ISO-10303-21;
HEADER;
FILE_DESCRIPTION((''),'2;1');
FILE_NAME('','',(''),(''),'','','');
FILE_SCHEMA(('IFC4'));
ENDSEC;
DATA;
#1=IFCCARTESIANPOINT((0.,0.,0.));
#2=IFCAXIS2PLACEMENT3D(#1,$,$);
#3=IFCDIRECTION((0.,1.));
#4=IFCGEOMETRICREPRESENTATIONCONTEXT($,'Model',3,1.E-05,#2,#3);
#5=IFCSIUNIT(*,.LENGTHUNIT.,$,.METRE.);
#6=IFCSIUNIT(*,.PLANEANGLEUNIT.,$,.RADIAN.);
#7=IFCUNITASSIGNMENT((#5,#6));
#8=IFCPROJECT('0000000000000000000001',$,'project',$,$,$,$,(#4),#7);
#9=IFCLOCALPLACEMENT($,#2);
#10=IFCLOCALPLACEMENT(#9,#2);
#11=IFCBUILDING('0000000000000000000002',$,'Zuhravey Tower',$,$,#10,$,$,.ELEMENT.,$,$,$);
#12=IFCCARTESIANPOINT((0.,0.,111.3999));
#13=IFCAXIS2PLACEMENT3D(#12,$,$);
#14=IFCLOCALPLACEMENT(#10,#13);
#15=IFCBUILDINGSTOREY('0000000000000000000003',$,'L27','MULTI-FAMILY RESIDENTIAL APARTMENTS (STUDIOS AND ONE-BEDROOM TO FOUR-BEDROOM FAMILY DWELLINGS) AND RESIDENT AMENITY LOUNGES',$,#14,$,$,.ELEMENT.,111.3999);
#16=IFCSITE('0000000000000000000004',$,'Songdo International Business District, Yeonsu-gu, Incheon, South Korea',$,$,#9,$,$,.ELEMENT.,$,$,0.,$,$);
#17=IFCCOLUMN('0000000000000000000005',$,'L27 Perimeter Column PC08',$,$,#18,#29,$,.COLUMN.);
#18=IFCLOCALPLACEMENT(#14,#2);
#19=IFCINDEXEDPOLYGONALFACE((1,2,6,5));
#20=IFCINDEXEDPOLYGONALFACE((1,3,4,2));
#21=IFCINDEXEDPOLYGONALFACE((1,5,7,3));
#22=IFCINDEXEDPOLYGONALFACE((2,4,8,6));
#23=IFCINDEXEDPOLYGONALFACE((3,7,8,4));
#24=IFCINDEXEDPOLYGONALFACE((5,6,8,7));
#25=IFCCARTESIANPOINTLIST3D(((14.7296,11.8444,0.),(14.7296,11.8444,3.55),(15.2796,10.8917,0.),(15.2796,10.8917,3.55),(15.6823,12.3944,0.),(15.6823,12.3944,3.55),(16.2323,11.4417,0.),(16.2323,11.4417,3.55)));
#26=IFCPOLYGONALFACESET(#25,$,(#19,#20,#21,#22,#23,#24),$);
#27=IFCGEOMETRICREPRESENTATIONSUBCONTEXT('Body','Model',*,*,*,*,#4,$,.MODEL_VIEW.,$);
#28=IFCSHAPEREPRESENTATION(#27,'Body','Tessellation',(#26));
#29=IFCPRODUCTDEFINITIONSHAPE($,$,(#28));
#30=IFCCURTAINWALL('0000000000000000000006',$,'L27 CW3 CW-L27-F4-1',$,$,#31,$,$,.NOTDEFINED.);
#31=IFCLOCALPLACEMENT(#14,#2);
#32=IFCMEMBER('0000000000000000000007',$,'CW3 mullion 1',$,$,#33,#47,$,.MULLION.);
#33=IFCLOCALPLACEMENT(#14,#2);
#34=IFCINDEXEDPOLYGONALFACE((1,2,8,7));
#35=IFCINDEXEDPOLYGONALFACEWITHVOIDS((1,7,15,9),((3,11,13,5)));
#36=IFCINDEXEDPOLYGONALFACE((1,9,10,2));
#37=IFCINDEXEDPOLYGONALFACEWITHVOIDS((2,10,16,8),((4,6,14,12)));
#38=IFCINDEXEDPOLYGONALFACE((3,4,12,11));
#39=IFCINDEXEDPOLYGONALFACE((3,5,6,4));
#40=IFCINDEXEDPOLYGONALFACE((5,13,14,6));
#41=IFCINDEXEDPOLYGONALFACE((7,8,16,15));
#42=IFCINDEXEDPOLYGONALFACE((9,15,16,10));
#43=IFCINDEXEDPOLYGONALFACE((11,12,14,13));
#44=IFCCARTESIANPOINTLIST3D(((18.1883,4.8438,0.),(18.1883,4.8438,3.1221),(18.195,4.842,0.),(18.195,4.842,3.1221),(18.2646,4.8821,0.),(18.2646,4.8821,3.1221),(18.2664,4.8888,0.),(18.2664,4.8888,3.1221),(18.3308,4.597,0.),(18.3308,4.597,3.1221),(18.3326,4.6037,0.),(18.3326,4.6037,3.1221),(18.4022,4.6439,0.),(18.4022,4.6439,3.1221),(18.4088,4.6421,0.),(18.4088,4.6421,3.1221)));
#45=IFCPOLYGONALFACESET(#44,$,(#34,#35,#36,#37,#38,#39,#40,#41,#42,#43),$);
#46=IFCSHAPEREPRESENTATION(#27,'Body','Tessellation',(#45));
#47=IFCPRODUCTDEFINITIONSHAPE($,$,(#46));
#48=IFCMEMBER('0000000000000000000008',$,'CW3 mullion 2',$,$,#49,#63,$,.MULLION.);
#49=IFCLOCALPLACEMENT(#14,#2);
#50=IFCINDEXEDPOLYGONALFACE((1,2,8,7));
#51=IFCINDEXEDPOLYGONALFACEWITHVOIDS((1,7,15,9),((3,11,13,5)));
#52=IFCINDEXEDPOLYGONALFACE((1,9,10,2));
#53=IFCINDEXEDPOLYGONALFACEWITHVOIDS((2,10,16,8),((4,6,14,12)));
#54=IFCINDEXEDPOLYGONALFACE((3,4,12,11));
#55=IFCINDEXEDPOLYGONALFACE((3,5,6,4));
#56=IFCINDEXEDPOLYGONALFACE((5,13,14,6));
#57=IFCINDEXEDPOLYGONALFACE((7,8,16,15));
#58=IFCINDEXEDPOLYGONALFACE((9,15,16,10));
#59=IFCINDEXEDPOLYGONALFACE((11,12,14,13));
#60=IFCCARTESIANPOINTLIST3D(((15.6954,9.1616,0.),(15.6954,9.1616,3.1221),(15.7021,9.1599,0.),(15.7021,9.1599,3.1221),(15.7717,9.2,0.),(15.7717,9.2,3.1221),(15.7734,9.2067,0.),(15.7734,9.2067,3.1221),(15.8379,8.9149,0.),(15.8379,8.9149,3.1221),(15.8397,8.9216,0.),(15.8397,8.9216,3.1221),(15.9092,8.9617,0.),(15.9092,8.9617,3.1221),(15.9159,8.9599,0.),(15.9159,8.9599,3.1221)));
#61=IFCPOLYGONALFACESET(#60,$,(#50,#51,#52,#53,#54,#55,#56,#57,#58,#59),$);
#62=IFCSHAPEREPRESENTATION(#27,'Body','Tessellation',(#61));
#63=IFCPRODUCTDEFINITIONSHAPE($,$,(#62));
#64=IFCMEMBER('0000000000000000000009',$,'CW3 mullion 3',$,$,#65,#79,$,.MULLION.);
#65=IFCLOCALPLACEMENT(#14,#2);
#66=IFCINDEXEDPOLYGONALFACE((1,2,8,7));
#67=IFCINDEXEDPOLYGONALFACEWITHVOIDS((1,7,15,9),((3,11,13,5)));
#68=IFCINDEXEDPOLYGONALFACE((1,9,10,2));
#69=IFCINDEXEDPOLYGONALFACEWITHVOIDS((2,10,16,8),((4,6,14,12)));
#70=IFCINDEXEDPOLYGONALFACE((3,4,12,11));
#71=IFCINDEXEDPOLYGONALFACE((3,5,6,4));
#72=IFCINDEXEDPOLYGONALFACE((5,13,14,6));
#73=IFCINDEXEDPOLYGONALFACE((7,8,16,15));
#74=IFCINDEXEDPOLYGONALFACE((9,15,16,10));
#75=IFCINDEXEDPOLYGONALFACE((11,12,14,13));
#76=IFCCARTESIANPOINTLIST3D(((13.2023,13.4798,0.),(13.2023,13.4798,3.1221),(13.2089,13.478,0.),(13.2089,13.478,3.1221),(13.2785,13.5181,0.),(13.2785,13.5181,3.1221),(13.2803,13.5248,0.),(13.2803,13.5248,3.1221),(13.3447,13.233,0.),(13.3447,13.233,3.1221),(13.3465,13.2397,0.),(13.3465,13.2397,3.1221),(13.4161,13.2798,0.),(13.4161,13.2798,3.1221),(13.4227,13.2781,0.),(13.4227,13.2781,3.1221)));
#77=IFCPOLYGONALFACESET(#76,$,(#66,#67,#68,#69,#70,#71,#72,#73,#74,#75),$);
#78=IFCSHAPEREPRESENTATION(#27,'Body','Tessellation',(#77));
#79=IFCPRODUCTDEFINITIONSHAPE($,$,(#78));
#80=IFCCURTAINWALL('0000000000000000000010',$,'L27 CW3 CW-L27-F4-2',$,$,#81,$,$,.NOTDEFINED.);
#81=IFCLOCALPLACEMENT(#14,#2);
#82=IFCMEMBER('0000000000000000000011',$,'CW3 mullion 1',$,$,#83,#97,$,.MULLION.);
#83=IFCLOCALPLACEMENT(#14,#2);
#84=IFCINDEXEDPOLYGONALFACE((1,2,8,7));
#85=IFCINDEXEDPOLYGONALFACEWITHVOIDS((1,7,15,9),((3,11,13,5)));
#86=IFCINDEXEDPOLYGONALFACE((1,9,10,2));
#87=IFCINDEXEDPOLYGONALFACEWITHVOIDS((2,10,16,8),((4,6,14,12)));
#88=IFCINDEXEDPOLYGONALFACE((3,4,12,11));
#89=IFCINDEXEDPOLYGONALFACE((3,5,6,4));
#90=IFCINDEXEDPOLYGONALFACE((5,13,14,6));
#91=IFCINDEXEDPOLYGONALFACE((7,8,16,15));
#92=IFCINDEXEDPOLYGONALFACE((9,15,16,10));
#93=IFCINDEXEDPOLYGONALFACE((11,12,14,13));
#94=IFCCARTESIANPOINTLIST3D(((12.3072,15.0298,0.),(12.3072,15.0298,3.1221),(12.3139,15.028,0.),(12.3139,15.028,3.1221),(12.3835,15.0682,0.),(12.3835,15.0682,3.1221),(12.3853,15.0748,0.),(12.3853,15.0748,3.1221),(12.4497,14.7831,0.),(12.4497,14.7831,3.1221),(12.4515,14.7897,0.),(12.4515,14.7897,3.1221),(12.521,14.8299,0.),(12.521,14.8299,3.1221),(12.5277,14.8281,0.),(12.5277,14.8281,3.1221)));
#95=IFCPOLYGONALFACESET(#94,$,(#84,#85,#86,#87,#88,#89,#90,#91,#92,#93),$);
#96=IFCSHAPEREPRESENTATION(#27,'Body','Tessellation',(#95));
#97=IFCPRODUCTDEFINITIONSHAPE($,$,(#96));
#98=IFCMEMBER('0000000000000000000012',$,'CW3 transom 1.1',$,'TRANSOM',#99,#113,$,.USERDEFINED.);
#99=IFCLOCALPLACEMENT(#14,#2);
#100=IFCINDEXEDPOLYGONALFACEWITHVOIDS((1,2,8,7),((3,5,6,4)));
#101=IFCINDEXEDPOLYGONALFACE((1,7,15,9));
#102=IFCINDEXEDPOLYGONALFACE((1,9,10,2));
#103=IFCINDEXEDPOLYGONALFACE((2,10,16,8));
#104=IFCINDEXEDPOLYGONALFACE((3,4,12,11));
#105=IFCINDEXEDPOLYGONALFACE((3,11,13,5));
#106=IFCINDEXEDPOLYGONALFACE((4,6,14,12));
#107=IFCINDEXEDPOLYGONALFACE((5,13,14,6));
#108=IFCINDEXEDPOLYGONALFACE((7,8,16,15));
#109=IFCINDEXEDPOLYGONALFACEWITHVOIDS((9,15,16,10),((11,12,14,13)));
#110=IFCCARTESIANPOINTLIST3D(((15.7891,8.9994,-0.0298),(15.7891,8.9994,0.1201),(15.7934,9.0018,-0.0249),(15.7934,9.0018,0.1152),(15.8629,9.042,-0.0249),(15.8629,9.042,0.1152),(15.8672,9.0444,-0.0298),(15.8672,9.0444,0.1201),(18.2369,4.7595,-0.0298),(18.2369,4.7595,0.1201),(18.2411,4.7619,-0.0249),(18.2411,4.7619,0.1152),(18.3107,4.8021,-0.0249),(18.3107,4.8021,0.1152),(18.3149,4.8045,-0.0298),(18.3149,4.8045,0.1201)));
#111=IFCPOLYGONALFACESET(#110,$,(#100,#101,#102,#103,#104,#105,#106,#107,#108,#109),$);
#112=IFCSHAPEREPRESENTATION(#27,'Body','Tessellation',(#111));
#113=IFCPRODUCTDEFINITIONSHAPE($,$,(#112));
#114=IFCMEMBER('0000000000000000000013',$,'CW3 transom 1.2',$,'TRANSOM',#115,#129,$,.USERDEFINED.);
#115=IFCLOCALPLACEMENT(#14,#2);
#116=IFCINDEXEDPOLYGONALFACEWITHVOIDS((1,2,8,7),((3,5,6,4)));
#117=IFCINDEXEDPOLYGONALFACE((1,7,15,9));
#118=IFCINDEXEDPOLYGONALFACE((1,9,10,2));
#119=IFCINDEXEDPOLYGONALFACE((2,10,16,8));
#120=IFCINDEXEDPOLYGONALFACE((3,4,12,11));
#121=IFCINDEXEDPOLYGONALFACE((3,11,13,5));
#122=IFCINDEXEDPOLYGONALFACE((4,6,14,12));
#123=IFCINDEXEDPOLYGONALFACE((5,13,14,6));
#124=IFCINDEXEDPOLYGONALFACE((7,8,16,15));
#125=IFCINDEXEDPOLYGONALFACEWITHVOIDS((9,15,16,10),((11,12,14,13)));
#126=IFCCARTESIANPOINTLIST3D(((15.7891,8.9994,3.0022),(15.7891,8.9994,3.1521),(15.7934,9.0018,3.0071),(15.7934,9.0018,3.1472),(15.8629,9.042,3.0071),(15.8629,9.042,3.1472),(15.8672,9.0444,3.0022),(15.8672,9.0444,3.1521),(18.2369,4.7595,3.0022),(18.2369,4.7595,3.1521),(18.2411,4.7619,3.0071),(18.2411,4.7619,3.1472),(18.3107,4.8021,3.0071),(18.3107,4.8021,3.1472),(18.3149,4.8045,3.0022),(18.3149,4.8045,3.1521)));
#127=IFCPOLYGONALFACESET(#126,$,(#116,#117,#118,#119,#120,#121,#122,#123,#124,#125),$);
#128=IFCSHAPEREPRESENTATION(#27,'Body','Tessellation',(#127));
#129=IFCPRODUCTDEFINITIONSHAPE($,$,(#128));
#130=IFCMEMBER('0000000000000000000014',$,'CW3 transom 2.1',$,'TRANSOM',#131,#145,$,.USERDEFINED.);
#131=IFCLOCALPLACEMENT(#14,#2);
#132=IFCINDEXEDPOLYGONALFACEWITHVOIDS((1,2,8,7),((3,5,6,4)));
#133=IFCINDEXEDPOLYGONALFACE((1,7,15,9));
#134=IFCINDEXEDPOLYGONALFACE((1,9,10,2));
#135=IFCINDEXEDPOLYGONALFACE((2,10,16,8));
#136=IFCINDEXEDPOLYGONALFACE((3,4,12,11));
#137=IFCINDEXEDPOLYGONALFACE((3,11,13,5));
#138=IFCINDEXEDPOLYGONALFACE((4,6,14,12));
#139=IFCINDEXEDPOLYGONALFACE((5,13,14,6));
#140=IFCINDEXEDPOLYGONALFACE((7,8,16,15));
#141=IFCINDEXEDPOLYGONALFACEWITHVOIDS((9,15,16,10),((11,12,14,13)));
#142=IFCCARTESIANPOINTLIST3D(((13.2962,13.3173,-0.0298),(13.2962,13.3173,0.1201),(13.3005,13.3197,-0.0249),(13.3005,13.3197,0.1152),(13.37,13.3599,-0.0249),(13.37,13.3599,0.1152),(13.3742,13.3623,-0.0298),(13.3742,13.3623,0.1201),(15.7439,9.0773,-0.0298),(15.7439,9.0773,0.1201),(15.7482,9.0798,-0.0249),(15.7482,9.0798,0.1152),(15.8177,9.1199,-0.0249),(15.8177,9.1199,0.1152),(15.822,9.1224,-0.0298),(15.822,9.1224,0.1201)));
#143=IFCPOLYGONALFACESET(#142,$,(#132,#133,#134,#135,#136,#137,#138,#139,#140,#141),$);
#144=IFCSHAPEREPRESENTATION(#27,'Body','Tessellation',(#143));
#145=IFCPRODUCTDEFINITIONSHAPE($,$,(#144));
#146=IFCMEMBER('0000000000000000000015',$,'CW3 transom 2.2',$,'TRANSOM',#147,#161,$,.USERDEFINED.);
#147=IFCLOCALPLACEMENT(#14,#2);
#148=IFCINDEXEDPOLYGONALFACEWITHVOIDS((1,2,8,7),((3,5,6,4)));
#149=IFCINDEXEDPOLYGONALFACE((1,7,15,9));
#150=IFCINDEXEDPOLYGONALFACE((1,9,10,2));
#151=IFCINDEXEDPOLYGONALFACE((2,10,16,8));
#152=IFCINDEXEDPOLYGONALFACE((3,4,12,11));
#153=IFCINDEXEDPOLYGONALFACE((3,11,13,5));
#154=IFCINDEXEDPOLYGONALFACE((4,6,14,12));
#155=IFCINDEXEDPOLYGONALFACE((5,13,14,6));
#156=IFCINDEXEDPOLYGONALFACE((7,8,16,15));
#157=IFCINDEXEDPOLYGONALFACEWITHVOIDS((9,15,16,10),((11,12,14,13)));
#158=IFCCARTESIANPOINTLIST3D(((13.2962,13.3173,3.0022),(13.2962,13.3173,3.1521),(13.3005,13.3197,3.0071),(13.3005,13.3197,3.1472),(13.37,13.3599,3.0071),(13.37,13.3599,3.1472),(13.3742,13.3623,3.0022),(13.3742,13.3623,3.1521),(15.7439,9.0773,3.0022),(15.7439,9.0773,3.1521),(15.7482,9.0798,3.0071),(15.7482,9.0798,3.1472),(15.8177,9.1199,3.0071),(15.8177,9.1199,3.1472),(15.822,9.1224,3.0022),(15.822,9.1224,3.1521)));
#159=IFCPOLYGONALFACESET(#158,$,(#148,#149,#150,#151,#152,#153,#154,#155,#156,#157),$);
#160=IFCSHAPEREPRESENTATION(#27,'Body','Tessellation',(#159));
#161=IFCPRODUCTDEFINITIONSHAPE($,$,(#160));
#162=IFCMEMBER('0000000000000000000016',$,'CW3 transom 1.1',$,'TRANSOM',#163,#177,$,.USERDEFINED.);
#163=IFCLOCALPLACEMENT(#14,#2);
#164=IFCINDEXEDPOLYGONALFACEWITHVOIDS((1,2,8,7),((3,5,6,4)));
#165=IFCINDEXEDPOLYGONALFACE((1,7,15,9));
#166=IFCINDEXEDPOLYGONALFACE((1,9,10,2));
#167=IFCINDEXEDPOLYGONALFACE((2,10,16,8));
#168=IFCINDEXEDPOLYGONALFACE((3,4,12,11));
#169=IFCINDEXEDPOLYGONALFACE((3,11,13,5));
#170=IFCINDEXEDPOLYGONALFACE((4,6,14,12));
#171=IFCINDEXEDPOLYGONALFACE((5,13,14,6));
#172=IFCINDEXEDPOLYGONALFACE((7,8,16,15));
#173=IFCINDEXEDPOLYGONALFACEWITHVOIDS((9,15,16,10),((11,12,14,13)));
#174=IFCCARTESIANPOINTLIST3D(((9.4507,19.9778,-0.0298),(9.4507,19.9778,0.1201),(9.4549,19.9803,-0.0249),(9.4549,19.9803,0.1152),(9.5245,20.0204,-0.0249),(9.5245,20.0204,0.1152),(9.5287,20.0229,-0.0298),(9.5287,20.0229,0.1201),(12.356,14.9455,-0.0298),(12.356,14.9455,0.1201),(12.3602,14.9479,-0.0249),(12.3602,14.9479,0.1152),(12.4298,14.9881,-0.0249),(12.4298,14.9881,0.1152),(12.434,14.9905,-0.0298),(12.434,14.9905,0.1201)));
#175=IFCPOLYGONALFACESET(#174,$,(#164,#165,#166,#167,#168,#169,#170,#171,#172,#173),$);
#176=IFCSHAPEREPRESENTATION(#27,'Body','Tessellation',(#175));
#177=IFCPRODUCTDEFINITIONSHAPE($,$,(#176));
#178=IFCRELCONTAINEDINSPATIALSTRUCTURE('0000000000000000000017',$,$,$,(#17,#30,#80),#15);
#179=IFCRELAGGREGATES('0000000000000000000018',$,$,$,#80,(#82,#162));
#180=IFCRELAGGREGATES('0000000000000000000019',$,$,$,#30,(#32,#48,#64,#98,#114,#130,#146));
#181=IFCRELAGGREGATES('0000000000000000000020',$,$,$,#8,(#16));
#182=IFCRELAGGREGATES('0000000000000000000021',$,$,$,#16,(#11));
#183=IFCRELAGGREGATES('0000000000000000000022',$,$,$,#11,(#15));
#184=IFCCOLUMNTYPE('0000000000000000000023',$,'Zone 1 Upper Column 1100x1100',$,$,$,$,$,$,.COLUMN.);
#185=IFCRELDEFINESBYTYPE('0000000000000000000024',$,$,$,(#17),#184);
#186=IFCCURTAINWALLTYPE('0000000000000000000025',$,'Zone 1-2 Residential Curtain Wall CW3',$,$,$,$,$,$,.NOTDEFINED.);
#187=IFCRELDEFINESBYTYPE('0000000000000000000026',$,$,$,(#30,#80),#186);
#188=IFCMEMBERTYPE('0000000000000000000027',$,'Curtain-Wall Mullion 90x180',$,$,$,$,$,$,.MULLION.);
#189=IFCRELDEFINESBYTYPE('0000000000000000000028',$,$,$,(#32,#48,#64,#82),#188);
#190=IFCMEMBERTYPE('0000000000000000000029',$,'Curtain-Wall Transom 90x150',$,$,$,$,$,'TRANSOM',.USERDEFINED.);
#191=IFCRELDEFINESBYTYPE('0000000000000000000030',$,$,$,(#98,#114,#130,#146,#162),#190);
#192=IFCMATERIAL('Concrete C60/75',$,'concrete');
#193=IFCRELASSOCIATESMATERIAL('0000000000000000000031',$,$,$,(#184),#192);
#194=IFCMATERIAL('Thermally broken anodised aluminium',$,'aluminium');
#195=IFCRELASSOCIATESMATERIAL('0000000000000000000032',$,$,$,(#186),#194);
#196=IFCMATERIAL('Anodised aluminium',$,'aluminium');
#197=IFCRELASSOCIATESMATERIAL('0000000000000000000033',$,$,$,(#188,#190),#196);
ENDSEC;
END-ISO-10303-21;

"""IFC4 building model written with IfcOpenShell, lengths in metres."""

from ifc_helpers import new_model, si_unit, direction, frame, origin, origin_2d, place, context, subcontext, project, spatial, rectangle, hollow_rectangle, extrude, material, material_profile, profile_set, type_object, element, aggregate, save


model = new_model("IFC4")

# Units and contexts
model_context = context("Model", 3, precision=1e-05, world=origin(), true_north=direction((0.0, 1.0)))
body_context = subcontext(model_context, "Body", "Model", "MODEL_VIEW")
ifc_project = project(units=[si_unit("LENGTHUNIT", "METRE"), si_unit("PLANEANGLEUNIT", "RADIAN")], contexts=[model_context])

# Site, building, storey
site_placement = place(None, origin())
site = spatial("IfcSite", under=ifc_project, at=site_placement, Name="Songdo International Business District, Yeonsu-gu, Incheon, South Korea", CompositionType="ELEMENT", RefElevation=0.0)
building_placement = place(site_placement, origin())
building = spatial("IfcBuilding", under=site, at=building_placement, Name="Zuhravey Tower", CompositionType="ELEMENT")
storey_placement = place(building_placement, frame((0.0, 0.0, 111.3999)))
storey = spatial("IfcBuildingStorey", under=building, at=storey_placement, Name="L27", Description="MULTI-FAMILY RESIDENTIAL APARTMENTS (STUDIOS AND ONE-BEDROOM TO FOUR-BEDROOM FAMILY DWELLINGS) AND RESIDENT AMENITY LOUNGES", CompositionType="ELEMENT", Elevation=111.3999)

# Column
ifc_material_1 = material(Name="Concrete C60/75", Category="concrete")
ifc_material_profile_1 = material_profile(ifc_material_1, rectangle(XDim=1.1001, YDim=1.1001, at=origin_2d()), Name="RC-1100x1100")
ifc_profile_set_1 = profile_set([ifc_material_profile_1], Name="Concrete C60/75")
column_type = type_object("IfcColumnType", Name="Zone 1 Upper Column 1100x1100", PredefinedType="COLUMN", material=ifc_profile_set_1)
column_placement = place(storey_placement, frame((15.481, 11.6431, 0.0), z_axis=(0.0, 0.0, 1.0), x_axis=(0.5, -0.866025, 0.0)))
element("IfcColumn", 1, at=column_placement, inside=storey, type_object=column_type, Name="L27 Perimeter Column PC08", PredefinedType="COLUMN", context=body_context, shape_type="SweptSolid", body=[
    extrude(rectangle(XDim=1.1001, YDim=1.1001, at=origin_2d()), origin(), (0.0, 0.0, 1.0), 3.55),
])

# Curtain wall, members
ifc_material_2 = material(Name="Thermally broken anodised aluminium", Category="aluminium")
curtain_wall_type = type_object("IfcCurtainWallType", Name="Zone 1-2 Residential Curtain Wall CW3", PredefinedType="NOTDEFINED", material=ifc_material_2)
curtain_wall_1_placement = place(storey_placement, origin())
curtain_wall_1 = element("IfcCurtainWall", 2, at=curtain_wall_1_placement, inside=storey, type_object=curtain_wall_type, Name="L27 CW3 CW-L27-F4-1", PredefinedType="NOTDEFINED")
ifc_material_3 = material(Name="Anodised aluminium", Category="aluminium")
ifc_material_profile_2 = material_profile(ifc_material_3, hollow_rectangle(XDim=0.0901, YDim=0.2849, WallThickness=0.0049, at=origin_2d()), Name="ALU-RHS-90x285x5")
ifc_profile_set_2 = profile_set([ifc_material_profile_2], Name="Anodised aluminium")
member_type_1 = type_object("IfcMemberType", Name="Curtain-Wall Mullion 90x180", PredefinedType="MULLION", material=ifc_profile_set_2)
member_1_placement = place(storey_placement, frame((18.2986, 4.7429, 0.0), z_axis=(0.0, 0.0, 1.0), x_axis=(-0.866026, -0.499999, 0.0)))
member_1 = element("IfcMember", 3, at=member_1_placement, type_object=member_type_1, Name="CW3 mullion 1", PredefinedType="MULLION", context=body_context, shape_type="SweptSolid", body=[
    extrude(hollow_rectangle(XDim=0.0901, YDim=0.2849, WallThickness=0.0049, at=origin_2d()), origin(), (0.0, 0.0, 1.0), 3.1221),
])
member_2_placement = place(storey_placement, frame((15.8057, 9.0608, 0.0), z_axis=(0.0, 0.0, 1.0), x_axis=(-0.866026, -0.499999, 0.0)))
member_2 = element("IfcMember", 4, at=member_2_placement, type_object=member_type_1, Name="CW3 mullion 2", PredefinedType="MULLION", context=body_context, shape_type="SweptSolid", body=[
    extrude(hollow_rectangle(XDim=0.0901, YDim=0.2849, WallThickness=0.0049, at=origin_2d()), origin(), (0.0, 0.0, 1.0), 3.1221),
])
member_3_placement = place(storey_placement, frame((13.3125, 13.3789, 0.0), z_axis=(0.0, 0.0, 1.0), x_axis=(-0.866026, -0.499999, 0.0)))
member_3 = element("IfcMember", 5, at=member_3_placement, type_object=member_type_1, Name="CW3 mullion 3", PredefinedType="MULLION", context=body_context, shape_type="SweptSolid", body=[
    extrude(hollow_rectangle(XDim=0.0901, YDim=0.2849, WallThickness=0.0049, at=origin_2d()), origin(), (0.0, 0.0, 1.0), 3.1221),
])

# Curtain wall, member
curtain_wall_2_placement = place(storey_placement, origin())
curtain_wall_2 = element("IfcCurtainWall", 6, at=curtain_wall_2_placement, inside=storey, type_object=curtain_wall_type, Name="L27 CW3 CW-L27-F4-2", PredefinedType="NOTDEFINED")
member_4_placement = place(storey_placement, frame((12.4175, 14.929, 0.0), z_axis=(0.0, 0.0, 1.0), x_axis=(-0.866026, -0.499999, 0.0)))
member_4 = element("IfcMember", 7, at=member_4_placement, type_object=member_type_1, Name="CW3 mullion 1", PredefinedType="MULLION", context=body_context, shape_type="SweptSolid", body=[
    extrude(hollow_rectangle(XDim=0.0901, YDim=0.2849, WallThickness=0.0049, at=origin_2d()), origin(), (0.0, 0.0, 1.0), 3.1221),
])

# Members
ifc_material_profile_3 = material_profile(ifc_material_3, hollow_rectangle(XDim=0.0901, YDim=0.1499, WallThickness=0.0049, at=origin_2d()), Name="ALU-RHS-90x150x5")
ifc_profile_set_3 = profile_set([ifc_material_profile_3], Name="Anodised aluminium")
member_type_2 = type_object("IfcMemberType", Name="Curtain-Wall Transom 90x150", ElementType="TRANSOM", PredefinedType="USERDEFINED", material=ifc_profile_set_3)
member_5_placement = place(storey_placement, frame((18.2759, 4.782, 0.0452), z_axis=(-0.499969, 0.866044, 0.0), x_axis=(-0.866044, -0.499969, 0.0)))
member_5 = element("IfcMember", 8, at=member_5_placement, type_object=member_type_2, Name="CW3 transom 1.1", ObjectType="TRANSOM", PredefinedType="USERDEFINED", context=body_context, shape_type="SweptSolid", body=[
    extrude(hollow_rectangle(XDim=0.0901, YDim=0.1499, WallThickness=0.0049, at=origin_2d()), origin(), (0.0, 0.0, 1.0), 4.8958),
])
member_6_placement = place(storey_placement, frame((18.2759, 4.782, 3.0771), z_axis=(-0.499969, 0.866044, 0.0), x_axis=(-0.866044, -0.499969, 0.0)))
member_6 = element("IfcMember", 9, at=member_6_placement, type_object=member_type_2, Name="CW3 transom 1.2", ObjectType="TRANSOM", PredefinedType="USERDEFINED", context=body_context, shape_type="SweptSolid", body=[
    extrude(hollow_rectangle(XDim=0.0901, YDim=0.1499, WallThickness=0.0049, at=origin_2d()), origin(), (0.0, 0.0, 1.0), 4.8958),
])
member_7_placement = place(storey_placement, frame((15.783, 9.0999, 0.0452), z_axis=(-0.499969, 0.866044, 0.0), x_axis=(-0.866044, -0.499969, 0.0)))
member_7 = element("IfcMember", 10, at=member_7_placement, type_object=member_type_2, Name="CW3 transom 2.1", ObjectType="TRANSOM", PredefinedType="USERDEFINED", context=body_context, shape_type="SweptSolid", body=[
    extrude(hollow_rectangle(XDim=0.0901, YDim=0.1499, WallThickness=0.0049, at=origin_2d()), origin(), (0.0, 0.0, 1.0), 4.8958),
])
member_8_placement = place(storey_placement, frame((15.783, 9.0999, 3.0771), z_axis=(-0.499969, 0.866044, 0.0), x_axis=(-0.866044, -0.499969, 0.0)))
member_8 = element("IfcMember", 11, at=member_8_placement, type_object=member_type_2, Name="CW3 transom 2.2", ObjectType="TRANSOM", PredefinedType="USERDEFINED", context=body_context, shape_type="SweptSolid", body=[
    extrude(hollow_rectangle(XDim=0.0901, YDim=0.1499, WallThickness=0.0049, at=origin_2d()), origin(), (0.0, 0.0, 1.0), 4.8958),
])
member_9_placement = place(storey_placement, frame((12.395, 14.968, 0.0452), z_axis=(-0.499989, 0.866032, 0.0), x_axis=(-0.866032, -0.499989, 0.0)))
member_9 = element("IfcMember", 12, at=member_9_placement, type_object=member_type_2, Name="CW3 transom 1.1", ObjectType="TRANSOM", PredefinedType="USERDEFINED", context=body_context, shape_type="SweptSolid", body=[
    extrude(hollow_rectangle(XDim=0.0901, YDim=0.1499, WallThickness=0.0049, at=origin_2d()), origin(), (0.0, 0.0, 1.0), 5.8108),
])
aggregate(curtain_wall_2, [member_4, member_9])

aggregate(curtain_wall_1, [member_1, member_2, member_3, member_5, member_6, member_7, member_8])

save(model, "model.ifc")
